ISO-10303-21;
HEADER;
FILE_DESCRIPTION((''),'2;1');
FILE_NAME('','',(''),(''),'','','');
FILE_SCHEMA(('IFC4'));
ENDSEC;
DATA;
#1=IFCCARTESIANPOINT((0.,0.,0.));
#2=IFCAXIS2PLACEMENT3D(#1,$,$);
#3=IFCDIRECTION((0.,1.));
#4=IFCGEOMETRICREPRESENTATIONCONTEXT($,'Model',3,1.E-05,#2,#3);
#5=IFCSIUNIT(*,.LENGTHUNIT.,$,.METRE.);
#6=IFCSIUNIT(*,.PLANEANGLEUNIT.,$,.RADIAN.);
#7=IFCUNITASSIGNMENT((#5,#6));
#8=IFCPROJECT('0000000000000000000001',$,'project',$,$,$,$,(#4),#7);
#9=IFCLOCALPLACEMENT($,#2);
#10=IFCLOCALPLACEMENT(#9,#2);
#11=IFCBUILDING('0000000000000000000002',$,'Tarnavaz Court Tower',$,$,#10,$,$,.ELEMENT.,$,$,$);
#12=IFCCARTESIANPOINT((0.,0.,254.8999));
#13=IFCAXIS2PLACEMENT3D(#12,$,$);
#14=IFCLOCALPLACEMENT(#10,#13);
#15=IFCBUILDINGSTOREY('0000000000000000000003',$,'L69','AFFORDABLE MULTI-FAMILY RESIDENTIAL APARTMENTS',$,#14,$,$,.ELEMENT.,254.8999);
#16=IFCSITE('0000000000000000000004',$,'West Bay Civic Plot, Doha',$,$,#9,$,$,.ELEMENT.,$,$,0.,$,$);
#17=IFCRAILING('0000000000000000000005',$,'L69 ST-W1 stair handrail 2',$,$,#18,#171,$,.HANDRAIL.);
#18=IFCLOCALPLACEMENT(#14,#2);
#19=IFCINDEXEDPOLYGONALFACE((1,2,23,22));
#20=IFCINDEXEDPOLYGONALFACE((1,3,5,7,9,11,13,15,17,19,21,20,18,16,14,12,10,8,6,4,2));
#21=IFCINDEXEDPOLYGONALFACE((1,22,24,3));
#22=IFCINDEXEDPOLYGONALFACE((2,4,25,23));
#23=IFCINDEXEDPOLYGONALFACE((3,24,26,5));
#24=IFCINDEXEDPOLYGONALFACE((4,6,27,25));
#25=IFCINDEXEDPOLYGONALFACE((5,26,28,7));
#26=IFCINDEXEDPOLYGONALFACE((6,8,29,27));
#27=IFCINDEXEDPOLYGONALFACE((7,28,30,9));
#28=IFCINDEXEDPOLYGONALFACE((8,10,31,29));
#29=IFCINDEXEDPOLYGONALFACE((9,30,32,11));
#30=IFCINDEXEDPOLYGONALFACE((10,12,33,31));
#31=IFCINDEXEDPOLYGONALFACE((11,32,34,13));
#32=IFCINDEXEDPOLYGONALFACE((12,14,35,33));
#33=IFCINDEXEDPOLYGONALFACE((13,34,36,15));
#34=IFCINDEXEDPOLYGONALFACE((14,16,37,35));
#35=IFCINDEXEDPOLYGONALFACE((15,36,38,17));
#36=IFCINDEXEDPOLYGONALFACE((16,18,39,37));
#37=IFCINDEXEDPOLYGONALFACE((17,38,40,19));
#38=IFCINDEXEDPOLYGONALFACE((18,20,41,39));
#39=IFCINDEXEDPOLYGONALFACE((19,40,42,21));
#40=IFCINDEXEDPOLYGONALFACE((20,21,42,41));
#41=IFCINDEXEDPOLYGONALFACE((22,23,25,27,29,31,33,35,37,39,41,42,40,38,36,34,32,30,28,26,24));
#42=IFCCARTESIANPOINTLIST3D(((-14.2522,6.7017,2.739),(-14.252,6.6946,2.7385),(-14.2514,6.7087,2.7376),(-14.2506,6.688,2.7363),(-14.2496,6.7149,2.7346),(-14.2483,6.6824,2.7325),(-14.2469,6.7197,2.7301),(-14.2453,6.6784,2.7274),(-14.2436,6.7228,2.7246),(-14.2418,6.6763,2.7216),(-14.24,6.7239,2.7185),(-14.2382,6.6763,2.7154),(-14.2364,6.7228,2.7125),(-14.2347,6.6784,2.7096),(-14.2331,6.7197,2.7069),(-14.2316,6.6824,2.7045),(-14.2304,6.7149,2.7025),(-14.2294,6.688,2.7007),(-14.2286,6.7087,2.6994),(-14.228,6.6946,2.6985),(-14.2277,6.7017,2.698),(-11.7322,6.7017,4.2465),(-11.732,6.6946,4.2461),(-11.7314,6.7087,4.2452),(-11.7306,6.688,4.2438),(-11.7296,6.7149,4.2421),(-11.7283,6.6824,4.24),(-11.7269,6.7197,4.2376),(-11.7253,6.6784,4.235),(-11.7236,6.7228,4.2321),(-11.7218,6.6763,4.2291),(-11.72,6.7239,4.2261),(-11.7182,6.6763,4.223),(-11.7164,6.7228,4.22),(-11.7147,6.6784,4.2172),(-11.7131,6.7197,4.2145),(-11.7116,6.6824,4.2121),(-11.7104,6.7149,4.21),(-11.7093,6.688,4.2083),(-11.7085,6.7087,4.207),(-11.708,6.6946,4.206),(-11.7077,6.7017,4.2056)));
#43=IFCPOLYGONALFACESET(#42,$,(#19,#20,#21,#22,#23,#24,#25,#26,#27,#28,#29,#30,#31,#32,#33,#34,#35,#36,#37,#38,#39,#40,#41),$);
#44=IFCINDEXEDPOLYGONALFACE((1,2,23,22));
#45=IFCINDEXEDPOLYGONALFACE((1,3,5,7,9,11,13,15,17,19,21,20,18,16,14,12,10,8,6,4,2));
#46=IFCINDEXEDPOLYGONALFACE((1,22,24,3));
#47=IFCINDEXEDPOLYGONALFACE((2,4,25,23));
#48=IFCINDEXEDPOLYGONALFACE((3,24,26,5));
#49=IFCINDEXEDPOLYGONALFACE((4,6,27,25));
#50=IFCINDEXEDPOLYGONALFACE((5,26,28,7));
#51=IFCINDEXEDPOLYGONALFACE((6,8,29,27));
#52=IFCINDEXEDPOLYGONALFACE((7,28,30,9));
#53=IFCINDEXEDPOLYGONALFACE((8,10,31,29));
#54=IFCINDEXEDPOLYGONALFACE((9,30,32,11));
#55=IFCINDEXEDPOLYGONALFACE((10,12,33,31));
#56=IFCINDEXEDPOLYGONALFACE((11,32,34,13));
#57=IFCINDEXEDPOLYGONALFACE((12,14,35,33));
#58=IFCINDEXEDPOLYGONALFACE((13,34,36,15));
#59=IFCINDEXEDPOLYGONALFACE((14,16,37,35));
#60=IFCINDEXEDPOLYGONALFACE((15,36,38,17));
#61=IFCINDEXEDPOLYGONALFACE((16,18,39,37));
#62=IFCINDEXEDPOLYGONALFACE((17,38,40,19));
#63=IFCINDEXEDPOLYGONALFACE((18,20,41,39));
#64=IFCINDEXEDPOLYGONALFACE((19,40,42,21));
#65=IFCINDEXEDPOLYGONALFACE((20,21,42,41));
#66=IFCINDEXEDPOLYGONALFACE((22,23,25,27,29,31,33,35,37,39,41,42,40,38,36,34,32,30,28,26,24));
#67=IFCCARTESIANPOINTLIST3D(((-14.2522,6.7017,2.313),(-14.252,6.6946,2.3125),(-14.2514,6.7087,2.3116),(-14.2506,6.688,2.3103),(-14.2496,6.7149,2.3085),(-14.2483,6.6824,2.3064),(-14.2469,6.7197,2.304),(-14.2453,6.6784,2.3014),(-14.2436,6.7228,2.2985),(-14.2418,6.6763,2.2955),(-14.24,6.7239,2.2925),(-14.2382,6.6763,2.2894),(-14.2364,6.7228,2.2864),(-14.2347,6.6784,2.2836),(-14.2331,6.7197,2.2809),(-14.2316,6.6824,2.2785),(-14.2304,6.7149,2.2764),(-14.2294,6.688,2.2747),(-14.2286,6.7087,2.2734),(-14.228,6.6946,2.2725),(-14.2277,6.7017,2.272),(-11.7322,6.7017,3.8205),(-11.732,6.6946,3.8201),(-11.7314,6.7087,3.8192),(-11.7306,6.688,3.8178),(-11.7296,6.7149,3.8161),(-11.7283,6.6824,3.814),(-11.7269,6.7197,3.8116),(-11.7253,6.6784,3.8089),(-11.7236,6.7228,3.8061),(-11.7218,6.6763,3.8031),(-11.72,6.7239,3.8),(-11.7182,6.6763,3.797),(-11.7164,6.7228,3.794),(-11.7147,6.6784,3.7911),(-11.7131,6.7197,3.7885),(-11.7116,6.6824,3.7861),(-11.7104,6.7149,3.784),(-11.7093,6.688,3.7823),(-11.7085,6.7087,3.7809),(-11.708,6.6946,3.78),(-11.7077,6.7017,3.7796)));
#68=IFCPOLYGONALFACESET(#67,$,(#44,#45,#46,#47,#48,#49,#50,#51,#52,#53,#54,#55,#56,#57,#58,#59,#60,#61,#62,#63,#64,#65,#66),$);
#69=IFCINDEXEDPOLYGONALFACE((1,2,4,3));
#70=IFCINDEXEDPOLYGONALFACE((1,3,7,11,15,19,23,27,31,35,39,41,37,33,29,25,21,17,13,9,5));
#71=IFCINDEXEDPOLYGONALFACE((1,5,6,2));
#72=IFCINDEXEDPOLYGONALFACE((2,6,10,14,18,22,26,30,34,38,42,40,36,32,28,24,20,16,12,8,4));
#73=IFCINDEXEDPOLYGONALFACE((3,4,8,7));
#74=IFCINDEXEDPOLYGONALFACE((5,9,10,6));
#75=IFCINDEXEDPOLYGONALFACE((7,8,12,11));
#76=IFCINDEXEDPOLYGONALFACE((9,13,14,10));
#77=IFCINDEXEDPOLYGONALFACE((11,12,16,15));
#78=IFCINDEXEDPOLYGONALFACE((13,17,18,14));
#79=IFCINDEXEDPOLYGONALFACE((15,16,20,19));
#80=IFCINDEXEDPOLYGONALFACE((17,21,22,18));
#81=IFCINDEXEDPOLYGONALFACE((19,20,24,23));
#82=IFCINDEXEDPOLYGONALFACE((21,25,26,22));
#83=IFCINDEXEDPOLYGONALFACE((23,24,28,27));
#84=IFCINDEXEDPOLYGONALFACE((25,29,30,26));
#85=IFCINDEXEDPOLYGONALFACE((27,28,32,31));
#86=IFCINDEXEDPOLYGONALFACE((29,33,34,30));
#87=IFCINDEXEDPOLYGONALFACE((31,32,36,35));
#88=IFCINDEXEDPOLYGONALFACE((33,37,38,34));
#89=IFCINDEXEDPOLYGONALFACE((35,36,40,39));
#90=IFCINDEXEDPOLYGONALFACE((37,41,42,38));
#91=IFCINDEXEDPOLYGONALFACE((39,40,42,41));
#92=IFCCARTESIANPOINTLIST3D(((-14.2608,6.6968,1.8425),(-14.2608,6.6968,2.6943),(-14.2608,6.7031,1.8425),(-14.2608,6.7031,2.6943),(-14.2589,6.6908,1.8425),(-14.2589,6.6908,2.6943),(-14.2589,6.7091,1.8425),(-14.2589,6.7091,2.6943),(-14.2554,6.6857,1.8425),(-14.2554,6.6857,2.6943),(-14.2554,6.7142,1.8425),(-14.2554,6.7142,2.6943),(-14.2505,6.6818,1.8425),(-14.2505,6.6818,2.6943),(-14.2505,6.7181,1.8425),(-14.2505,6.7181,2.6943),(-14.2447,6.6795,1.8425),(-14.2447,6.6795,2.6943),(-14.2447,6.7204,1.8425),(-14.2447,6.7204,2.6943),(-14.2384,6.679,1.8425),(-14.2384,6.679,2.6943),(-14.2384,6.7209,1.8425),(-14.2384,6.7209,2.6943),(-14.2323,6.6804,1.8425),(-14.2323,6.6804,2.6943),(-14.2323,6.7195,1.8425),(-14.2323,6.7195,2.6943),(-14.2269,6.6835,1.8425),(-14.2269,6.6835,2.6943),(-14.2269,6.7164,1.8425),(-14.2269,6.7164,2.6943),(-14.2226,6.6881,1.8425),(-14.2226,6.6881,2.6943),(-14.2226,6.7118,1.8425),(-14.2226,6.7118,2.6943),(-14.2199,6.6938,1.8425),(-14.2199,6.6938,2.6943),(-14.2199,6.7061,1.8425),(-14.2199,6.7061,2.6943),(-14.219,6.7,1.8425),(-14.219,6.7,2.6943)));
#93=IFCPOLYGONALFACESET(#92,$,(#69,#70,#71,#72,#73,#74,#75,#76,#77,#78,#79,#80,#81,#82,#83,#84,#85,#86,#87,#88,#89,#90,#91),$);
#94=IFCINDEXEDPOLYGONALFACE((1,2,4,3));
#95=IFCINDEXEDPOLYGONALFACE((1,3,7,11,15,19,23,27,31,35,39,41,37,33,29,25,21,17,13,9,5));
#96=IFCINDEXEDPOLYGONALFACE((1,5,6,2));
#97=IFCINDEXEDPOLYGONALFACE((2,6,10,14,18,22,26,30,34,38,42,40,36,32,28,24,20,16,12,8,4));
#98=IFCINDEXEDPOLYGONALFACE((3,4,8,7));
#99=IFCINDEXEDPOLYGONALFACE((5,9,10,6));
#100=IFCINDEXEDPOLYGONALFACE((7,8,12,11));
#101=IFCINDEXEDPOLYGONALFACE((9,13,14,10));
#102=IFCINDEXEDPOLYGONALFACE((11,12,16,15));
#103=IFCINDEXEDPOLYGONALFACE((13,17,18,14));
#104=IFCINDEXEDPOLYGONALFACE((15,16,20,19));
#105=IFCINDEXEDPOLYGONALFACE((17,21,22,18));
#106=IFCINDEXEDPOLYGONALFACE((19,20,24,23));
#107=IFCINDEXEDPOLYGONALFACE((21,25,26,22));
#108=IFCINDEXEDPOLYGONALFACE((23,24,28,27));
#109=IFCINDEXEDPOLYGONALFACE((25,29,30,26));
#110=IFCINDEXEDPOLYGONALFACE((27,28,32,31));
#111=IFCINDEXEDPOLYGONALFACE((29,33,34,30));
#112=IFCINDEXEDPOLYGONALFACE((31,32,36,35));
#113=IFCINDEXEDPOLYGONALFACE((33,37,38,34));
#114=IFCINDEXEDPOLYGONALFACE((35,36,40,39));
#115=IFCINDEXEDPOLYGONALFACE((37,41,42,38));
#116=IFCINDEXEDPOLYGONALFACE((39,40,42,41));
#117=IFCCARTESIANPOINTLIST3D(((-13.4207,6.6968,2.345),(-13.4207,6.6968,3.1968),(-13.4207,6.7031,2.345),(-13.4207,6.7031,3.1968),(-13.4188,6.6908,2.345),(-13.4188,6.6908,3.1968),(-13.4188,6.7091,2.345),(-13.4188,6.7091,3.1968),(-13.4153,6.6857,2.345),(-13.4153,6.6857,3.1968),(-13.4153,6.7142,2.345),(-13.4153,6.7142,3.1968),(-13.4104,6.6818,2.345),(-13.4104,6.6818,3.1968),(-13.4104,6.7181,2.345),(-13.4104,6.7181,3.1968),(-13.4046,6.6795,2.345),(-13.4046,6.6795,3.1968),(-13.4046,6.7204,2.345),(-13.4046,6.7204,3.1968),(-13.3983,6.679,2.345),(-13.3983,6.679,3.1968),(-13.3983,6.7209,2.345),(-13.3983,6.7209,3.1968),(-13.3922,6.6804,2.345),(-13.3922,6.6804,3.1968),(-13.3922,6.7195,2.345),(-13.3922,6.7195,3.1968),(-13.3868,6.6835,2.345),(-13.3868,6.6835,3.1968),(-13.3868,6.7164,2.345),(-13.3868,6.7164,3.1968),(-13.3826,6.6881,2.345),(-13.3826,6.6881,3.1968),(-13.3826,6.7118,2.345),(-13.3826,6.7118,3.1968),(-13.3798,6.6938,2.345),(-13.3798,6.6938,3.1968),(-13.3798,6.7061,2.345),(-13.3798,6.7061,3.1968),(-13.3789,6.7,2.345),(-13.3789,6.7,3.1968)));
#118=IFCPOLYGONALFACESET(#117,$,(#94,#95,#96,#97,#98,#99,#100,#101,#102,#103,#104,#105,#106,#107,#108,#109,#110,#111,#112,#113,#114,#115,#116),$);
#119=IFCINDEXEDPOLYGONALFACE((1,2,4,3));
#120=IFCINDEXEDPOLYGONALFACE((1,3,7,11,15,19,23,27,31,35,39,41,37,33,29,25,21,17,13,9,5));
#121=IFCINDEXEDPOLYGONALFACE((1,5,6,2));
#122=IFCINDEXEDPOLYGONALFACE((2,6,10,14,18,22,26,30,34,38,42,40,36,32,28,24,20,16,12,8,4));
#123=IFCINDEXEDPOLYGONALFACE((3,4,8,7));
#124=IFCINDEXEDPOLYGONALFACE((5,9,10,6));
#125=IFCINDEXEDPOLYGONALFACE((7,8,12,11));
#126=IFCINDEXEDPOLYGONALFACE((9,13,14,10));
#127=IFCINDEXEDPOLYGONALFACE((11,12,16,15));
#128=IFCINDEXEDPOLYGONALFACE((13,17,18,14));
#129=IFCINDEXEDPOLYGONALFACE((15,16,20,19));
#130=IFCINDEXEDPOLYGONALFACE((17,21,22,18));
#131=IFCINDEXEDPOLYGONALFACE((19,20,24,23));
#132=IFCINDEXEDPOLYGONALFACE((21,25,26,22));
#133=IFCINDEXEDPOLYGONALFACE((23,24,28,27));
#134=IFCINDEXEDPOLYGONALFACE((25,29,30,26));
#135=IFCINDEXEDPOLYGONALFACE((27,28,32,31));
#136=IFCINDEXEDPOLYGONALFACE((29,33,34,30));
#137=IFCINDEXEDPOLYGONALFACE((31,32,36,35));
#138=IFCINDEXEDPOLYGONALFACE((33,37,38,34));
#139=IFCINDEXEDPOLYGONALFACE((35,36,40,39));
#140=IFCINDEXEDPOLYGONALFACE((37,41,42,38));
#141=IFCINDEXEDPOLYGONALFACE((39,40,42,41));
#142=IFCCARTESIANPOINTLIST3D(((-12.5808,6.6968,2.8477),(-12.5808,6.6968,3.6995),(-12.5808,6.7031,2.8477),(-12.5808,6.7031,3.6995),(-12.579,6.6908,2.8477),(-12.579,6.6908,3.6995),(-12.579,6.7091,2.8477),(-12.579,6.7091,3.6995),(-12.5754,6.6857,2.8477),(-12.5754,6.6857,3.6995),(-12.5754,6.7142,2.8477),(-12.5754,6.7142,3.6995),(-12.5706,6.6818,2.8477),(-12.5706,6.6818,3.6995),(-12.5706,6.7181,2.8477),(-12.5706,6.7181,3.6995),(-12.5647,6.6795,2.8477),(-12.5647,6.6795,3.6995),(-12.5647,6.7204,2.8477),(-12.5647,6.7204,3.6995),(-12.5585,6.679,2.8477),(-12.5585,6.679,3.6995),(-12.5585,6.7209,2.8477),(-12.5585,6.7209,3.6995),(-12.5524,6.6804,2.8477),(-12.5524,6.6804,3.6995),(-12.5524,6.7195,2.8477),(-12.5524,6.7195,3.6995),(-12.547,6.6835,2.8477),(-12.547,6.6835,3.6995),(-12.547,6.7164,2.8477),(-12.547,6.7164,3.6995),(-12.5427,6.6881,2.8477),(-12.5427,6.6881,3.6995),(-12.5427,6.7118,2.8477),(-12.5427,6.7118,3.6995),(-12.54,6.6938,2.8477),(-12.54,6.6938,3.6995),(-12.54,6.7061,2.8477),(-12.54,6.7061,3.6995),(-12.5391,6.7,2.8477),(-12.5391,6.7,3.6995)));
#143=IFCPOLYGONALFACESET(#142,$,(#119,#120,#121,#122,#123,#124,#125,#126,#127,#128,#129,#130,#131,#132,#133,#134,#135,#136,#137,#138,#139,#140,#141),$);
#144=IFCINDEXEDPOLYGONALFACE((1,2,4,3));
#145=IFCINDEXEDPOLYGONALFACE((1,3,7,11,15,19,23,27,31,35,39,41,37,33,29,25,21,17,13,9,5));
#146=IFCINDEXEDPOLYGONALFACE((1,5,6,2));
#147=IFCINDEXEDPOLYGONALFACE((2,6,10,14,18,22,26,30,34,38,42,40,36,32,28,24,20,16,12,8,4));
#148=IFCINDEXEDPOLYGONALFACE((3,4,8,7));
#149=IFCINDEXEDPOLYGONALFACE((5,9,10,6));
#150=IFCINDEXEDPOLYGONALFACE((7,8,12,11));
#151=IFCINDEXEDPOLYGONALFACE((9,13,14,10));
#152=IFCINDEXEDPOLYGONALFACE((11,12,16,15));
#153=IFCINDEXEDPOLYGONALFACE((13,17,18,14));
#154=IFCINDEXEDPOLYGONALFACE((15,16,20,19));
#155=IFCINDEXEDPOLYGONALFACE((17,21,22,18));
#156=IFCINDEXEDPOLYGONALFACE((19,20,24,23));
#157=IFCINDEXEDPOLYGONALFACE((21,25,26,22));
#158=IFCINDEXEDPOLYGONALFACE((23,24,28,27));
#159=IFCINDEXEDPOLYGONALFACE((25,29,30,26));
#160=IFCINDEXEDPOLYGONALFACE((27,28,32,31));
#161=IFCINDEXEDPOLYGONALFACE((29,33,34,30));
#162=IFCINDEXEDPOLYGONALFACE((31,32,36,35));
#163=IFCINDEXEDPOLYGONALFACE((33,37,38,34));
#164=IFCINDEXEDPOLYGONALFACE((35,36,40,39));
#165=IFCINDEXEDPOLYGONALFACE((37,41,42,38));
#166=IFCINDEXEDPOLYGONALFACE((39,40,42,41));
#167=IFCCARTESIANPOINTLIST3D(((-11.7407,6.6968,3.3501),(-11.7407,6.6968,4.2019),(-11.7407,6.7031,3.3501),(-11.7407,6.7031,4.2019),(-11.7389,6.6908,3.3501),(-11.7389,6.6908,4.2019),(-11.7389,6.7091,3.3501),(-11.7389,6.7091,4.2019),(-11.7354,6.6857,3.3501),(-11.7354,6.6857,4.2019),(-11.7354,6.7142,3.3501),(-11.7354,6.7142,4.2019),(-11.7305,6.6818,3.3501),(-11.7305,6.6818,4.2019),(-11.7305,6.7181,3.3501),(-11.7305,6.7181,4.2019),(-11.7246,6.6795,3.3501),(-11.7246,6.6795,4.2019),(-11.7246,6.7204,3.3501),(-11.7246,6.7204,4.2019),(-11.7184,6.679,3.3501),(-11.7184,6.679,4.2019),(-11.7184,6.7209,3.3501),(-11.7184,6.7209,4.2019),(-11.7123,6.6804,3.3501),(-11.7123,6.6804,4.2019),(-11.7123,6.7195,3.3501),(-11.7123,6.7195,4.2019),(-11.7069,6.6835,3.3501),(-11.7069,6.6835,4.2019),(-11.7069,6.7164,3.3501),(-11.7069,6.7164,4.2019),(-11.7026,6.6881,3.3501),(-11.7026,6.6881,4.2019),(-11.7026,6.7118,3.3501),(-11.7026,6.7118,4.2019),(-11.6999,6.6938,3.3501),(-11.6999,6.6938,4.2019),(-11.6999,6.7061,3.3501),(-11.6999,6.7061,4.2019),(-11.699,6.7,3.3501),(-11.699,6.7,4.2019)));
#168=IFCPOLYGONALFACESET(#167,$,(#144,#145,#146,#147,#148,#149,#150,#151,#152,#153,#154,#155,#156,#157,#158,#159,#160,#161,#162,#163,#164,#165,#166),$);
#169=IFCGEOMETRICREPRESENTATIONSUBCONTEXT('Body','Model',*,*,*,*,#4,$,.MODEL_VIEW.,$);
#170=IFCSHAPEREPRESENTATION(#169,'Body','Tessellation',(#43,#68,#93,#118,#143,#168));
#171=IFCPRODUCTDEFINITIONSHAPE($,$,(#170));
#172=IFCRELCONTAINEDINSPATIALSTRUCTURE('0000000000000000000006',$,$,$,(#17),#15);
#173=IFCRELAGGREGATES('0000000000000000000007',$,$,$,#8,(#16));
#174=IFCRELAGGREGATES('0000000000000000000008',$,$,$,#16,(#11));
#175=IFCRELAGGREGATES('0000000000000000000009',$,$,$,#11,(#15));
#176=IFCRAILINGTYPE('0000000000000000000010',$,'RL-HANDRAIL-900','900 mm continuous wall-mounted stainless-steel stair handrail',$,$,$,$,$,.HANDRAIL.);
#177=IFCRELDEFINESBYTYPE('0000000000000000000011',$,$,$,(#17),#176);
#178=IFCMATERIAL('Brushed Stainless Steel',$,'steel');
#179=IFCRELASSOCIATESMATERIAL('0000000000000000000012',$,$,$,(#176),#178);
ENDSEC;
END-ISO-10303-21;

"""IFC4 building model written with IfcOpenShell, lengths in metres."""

from ifc_helpers import new_model, si_unit, direction, frame, origin, origin_2d, place, context, subcontext, project, spatial, circle, extrude, material, type_object, element, save


model = new_model("IFC4")

# Units and contexts
model_context = context("Model", 3, precision=1e-05, world=origin(), true_north=direction((0.0, 1.0)))
body_context = subcontext(model_context, "Body", "Model", "MODEL_VIEW")
ifc_project = project(units=[si_unit("LENGTHUNIT", "METRE"), si_unit("PLANEANGLEUNIT", "RADIAN")], contexts=[model_context])

# Site, building, storey
site_placement = place(None, origin())
site = spatial("IfcSite", under=ifc_project, at=site_placement, Name="West Bay Civic Plot, Doha", CompositionType="ELEMENT", RefElevation=0.0)
building_placement = place(site_placement, origin())
building = spatial("IfcBuilding", under=site, at=building_placement, Name="Tarnavaz Court Tower", CompositionType="ELEMENT")
storey_placement = place(building_placement, frame((0.0, 0.0, 254.8999)))
storey = spatial("IfcBuildingStorey", under=building, at=storey_placement, Name="L69", Description="AFFORDABLE MULTI-FAMILY RESIDENTIAL APARTMENTS", CompositionType="ELEMENT", Elevation=254.8999)

# Railing
ifc_material_1 = material(Name="Brushed Stainless Steel", Category="steel")
railing_type_1 = type_object("IfcRailingType", Name="RL-HANDRAIL-900", Description="900 mm continuous wall-mounted stainless-steel stair handrail", PredefinedType="HANDRAIL", material=ifc_material_1)
railing_1_placement = place(storey_placement, frame((-14.24, 6.7, 1.8425)))
element("IfcRailing", 1, at=railing_1_placement, inside=storey, type_object=railing_type_1, Name="L69 ST-W1 stair handrail 2", PredefinedType="HANDRAIL", context=body_context, shape_type="SweptSolid", body=[
    extrude(circle(Radius=0.0239, at=origin_2d()), frame((0.0, 0.0, 0.876), z_axis=(0.85816, 0.0, 0.513383), x_axis=(0.0, 1.0, 0.0)), (0.0, 0.0, 1.0), 2.9365),
    extrude(circle(Radius=0.0239, at=origin_2d()), frame((0.0, 0.0, 0.45), z_axis=(0.85816, 0.0, 0.513383), x_axis=(0.0, 1.0, 0.0)), (0.0, 0.0, 1.0), 2.9365),
    extrude(circle(Radius=0.021, at=origin_2d()), origin(), (0.0, 0.0, 1.0), 0.8518),
    extrude(circle(Radius=0.021, at=origin_2d()), frame((0.8401, 0.0, 0.5024)), (0.0, 0.0, 1.0), 0.8518),
    extrude(circle(Radius=0.021, at=origin_2d()), frame((1.6799, 0.0, 1.0051)), (0.0, 0.0, 1.0), 0.8518),
    extrude(circle(Radius=0.021, at=origin_2d()), frame((2.52, 0.0, 1.5076)), (0.0, 0.0, 1.0), 0.8518),
])

save(model, "model.ifc")
